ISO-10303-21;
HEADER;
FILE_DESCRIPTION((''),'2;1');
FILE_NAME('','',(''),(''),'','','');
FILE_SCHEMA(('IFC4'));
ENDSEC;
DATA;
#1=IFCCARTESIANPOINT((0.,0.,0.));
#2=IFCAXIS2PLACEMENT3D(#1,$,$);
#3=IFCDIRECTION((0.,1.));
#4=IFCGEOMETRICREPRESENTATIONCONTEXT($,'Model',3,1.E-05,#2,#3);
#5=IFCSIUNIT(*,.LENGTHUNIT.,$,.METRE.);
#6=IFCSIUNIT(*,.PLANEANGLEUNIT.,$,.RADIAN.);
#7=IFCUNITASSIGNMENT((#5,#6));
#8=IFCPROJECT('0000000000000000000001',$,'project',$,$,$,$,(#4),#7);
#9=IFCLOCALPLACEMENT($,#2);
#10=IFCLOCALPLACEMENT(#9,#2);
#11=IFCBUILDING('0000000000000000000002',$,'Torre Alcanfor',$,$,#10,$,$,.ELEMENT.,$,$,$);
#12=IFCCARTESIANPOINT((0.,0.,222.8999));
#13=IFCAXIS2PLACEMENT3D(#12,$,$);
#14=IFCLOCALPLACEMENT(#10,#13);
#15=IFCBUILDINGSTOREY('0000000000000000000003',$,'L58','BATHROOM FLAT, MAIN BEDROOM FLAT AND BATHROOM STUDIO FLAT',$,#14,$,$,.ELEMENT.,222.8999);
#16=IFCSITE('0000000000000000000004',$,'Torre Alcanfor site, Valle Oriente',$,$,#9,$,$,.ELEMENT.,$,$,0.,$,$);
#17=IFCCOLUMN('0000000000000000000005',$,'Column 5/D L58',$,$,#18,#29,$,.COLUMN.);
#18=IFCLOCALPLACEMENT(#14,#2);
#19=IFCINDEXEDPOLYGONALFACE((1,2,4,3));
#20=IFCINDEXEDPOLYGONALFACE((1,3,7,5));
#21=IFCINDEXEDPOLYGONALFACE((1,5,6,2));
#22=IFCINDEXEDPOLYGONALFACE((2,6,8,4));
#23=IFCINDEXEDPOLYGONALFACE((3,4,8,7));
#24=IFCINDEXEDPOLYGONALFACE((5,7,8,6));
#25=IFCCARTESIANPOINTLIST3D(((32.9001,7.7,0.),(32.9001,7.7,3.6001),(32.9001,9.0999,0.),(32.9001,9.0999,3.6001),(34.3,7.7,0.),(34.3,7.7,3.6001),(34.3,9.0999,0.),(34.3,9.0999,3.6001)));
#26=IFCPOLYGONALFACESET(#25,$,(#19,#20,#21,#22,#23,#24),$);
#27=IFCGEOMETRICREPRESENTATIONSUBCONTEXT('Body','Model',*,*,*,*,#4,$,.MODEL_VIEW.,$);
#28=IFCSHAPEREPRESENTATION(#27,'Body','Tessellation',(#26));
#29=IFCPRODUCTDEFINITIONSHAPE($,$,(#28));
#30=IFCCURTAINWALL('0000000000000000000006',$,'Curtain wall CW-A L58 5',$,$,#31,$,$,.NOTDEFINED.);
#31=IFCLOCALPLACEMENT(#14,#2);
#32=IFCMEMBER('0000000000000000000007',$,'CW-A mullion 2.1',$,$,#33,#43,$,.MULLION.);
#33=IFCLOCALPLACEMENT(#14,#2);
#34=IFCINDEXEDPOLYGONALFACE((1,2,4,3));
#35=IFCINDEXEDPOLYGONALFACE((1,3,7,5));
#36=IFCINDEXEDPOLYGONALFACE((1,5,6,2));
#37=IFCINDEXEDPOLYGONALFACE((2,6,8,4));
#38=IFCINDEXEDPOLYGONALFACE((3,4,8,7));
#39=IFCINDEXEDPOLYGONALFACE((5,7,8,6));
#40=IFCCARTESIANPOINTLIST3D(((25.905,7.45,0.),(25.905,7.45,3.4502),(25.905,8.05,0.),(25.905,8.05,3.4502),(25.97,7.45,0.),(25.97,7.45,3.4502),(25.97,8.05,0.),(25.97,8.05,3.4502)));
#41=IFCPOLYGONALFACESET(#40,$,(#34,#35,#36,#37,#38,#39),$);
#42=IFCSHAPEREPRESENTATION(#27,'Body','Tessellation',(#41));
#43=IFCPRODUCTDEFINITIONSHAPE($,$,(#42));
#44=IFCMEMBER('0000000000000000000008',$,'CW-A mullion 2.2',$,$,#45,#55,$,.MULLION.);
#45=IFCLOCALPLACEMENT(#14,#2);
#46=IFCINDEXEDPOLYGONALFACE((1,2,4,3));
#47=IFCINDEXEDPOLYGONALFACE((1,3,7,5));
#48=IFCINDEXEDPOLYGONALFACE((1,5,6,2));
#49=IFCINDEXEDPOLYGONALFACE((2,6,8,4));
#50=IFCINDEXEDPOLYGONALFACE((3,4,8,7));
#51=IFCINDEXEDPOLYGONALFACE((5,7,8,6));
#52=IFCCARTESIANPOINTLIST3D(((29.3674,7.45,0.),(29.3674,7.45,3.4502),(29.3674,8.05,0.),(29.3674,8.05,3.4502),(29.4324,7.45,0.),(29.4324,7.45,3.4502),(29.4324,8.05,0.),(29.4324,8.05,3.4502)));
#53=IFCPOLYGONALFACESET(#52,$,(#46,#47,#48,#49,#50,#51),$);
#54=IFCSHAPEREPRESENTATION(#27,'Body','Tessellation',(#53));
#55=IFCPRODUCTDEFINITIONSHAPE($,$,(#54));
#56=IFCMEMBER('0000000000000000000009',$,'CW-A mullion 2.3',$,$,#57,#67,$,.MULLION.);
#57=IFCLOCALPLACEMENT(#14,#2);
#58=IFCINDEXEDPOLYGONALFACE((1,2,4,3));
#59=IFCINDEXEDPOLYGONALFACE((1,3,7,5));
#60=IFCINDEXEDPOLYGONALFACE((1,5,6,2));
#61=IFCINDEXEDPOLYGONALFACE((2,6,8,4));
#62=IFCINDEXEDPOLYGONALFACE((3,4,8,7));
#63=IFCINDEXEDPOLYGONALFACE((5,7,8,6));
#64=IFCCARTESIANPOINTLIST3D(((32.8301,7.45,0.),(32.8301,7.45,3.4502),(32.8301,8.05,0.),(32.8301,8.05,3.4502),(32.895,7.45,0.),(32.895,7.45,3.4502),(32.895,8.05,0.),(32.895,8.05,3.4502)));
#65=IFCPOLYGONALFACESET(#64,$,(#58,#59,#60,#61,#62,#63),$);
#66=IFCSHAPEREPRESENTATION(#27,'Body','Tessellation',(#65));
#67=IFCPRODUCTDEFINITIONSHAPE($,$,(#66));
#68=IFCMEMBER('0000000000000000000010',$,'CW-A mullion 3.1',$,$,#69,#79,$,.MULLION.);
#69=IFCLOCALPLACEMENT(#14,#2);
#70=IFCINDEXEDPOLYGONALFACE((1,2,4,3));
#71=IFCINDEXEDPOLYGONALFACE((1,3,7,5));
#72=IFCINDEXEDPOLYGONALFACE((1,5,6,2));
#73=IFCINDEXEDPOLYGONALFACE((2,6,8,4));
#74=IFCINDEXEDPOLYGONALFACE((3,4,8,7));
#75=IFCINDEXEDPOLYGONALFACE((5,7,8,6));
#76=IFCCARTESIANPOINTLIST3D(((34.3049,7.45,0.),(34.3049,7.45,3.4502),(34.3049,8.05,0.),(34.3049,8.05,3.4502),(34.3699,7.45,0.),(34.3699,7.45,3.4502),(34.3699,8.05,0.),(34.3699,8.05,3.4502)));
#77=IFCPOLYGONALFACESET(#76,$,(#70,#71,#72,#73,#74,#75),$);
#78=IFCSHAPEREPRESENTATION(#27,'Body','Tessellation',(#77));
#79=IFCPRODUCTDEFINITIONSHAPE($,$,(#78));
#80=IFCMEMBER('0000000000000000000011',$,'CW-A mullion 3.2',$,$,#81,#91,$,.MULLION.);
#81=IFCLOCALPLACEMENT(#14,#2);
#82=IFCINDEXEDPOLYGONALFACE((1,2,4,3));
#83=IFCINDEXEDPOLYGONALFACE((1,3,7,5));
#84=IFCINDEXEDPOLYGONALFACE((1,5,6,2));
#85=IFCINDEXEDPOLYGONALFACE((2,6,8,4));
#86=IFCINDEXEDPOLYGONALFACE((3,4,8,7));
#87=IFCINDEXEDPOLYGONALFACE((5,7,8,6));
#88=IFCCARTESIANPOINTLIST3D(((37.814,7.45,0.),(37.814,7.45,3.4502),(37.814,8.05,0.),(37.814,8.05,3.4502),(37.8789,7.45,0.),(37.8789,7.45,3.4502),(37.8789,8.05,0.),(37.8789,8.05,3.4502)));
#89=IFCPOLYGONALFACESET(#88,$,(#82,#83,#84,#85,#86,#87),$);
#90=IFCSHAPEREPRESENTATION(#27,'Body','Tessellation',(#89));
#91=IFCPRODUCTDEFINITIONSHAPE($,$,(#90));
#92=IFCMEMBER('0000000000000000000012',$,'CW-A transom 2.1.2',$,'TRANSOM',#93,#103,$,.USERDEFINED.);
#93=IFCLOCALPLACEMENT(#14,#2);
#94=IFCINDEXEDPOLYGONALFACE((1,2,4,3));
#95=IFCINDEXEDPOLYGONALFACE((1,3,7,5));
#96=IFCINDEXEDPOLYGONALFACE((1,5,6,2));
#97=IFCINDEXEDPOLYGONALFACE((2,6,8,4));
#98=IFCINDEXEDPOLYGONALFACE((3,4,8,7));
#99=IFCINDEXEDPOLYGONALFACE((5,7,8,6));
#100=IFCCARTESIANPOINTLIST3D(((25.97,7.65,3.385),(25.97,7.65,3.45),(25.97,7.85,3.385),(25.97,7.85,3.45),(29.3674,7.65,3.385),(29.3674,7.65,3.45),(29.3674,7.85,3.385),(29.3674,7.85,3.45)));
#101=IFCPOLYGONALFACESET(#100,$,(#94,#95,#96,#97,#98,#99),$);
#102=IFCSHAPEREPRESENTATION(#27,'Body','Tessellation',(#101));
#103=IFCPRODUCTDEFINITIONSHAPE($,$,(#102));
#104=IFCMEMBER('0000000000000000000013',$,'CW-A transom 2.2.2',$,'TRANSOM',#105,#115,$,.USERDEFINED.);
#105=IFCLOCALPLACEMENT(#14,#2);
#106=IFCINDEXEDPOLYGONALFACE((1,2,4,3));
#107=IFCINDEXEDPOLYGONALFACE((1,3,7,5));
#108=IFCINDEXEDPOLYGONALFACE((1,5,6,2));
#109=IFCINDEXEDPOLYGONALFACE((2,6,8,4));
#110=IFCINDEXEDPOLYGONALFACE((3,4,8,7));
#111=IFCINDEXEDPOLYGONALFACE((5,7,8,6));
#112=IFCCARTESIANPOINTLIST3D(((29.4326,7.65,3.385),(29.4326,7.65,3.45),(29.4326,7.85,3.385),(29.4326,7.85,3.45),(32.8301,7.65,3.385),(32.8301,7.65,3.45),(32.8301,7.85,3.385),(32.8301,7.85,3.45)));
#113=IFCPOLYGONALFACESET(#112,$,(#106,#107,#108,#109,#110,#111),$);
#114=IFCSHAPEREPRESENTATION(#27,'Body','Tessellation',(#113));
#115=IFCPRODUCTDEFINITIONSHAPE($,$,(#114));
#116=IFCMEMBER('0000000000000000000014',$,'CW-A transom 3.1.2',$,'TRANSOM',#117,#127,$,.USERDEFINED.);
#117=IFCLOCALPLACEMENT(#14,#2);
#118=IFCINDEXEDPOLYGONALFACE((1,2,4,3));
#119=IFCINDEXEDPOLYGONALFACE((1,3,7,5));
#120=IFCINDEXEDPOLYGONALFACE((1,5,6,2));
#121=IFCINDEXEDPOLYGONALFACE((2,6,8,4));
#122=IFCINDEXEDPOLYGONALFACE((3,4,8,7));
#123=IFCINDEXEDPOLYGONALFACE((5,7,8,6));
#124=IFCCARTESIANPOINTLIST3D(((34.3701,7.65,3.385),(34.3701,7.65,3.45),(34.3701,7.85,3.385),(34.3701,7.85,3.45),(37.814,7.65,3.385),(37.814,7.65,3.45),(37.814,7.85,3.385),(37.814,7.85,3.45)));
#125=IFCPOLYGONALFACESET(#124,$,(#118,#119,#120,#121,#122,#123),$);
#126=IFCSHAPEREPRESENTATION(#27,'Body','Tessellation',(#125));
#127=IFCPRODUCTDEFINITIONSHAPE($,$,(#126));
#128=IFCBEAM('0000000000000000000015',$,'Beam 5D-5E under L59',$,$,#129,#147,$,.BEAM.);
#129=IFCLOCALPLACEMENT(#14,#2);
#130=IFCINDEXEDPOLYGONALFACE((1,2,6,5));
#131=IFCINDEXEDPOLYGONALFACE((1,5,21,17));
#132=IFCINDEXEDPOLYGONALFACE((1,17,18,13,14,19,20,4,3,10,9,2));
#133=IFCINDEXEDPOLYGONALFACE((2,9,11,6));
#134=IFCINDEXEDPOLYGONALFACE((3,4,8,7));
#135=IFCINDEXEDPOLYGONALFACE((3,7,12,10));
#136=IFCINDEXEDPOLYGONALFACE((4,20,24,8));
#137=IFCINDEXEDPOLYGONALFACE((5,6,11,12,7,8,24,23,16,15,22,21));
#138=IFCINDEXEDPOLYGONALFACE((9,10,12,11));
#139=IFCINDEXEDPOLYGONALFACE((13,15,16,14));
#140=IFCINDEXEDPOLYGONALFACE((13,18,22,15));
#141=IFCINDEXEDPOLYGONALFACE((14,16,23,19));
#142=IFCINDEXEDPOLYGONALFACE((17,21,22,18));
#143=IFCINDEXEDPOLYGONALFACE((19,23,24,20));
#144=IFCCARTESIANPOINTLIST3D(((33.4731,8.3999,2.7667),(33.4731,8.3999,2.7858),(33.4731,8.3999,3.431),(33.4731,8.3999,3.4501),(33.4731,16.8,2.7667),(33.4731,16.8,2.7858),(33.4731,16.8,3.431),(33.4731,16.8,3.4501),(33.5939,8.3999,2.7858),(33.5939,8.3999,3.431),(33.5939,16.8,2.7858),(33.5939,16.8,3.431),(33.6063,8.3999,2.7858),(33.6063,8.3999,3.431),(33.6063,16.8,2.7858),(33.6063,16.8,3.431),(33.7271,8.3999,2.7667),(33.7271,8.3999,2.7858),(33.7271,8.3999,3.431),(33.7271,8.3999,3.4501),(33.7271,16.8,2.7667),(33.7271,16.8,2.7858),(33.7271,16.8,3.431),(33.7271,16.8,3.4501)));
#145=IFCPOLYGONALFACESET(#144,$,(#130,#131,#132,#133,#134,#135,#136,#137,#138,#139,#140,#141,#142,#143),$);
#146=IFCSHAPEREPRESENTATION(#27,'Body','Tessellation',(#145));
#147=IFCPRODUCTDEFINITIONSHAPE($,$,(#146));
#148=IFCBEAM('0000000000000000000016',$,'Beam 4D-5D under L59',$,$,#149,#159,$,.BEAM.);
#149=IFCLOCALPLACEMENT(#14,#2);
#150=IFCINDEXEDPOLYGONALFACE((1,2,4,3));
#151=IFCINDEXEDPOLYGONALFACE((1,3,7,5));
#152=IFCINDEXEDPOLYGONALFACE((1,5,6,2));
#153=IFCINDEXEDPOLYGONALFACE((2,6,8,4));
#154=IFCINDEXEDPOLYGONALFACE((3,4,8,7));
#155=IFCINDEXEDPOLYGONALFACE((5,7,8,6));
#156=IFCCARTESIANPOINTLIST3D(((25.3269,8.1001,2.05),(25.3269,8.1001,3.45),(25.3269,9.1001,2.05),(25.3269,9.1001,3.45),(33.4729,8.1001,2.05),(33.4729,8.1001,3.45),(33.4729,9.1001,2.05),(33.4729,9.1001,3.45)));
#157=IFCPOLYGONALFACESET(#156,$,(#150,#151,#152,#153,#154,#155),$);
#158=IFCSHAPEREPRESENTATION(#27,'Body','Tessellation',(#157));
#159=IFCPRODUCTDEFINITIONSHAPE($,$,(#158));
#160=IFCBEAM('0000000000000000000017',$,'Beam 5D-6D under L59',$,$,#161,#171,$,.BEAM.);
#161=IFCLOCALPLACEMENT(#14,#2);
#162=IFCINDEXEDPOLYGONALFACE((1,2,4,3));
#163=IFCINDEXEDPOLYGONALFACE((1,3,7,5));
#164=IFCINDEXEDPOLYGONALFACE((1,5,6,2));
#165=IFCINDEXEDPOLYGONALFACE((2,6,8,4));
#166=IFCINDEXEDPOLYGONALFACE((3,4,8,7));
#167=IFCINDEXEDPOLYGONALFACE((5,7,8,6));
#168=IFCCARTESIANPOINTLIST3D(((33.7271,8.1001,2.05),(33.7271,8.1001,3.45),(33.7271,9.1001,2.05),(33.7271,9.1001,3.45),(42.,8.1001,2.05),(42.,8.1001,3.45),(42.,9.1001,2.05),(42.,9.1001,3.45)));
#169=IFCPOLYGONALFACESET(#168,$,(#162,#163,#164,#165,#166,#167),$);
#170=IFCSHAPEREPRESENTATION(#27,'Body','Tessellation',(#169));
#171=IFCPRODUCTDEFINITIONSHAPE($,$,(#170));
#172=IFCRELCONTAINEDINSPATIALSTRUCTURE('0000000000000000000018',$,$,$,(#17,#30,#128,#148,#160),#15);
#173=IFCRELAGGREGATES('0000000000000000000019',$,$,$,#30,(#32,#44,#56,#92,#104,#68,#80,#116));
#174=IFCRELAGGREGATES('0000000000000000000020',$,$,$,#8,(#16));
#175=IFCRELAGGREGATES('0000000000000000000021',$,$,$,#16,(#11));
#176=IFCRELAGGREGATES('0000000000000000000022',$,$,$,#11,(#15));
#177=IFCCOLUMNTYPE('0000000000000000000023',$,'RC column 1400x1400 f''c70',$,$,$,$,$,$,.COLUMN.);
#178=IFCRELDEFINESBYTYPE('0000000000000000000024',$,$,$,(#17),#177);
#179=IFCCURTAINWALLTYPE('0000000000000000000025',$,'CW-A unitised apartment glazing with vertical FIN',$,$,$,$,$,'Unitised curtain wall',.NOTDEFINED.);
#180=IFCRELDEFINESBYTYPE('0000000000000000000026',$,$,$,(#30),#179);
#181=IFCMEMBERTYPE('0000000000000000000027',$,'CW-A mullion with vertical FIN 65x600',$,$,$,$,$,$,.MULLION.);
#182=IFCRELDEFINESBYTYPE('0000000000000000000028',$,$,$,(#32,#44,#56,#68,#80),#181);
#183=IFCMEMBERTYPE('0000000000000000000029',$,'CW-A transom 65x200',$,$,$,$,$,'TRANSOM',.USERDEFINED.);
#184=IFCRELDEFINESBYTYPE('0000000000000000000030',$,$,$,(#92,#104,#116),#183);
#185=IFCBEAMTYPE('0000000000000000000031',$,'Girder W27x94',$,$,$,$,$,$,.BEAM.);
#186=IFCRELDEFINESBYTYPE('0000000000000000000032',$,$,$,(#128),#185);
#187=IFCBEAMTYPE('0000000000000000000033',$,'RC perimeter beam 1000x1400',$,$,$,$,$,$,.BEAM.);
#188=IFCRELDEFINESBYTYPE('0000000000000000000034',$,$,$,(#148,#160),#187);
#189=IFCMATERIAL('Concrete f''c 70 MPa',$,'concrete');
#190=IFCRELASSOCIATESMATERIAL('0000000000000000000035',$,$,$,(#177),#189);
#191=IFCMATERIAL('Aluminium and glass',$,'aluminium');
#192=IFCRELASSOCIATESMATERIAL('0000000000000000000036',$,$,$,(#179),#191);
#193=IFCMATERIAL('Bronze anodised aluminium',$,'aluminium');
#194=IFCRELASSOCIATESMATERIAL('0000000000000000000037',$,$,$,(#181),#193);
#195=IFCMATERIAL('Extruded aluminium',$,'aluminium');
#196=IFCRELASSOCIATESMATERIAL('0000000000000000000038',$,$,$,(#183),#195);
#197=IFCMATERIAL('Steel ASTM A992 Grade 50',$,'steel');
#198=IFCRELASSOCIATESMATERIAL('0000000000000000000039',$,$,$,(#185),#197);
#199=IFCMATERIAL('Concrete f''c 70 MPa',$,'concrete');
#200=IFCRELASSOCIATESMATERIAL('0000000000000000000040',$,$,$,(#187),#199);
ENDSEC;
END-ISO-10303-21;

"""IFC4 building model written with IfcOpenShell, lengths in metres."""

from ifc_helpers import new_model, si_unit, direction, frame, origin, origin_2d, place, context, subcontext, project, spatial, rectangle, i_section, extrude, material, material_profile, profile_set, type_object, element, aggregate, save


model = new_model("IFC4")

# Units and contexts
model_context = context("Model", 3, precision=1e-05, world=origin(), true_north=direction((0.0, 1.0)))
body_context = subcontext(model_context, "Body", "Model", "MODEL_VIEW")
ifc_project = project(units=[si_unit("LENGTHUNIT", "METRE"), si_unit("PLANEANGLEUNIT", "RADIAN")], contexts=[model_context])

# Site, building, storey
site_placement = place(None, origin())
site = spatial("IfcSite", under=ifc_project, at=site_placement, Name="Torre Alcanfor site, Valle Oriente", CompositionType="ELEMENT", RefElevation=0.0)
building_placement = place(site_placement, origin())
building = spatial("IfcBuilding", under=site, at=building_placement, Name="Torre Alcanfor", CompositionType="ELEMENT")
storey_placement = place(building_placement, frame((0.0, 0.0, 222.8999)))
storey = spatial("IfcBuildingStorey", under=building, at=storey_placement, Name="L58", Description="BATHROOM FLAT, MAIN BEDROOM FLAT AND BATHROOM STUDIO FLAT", CompositionType="ELEMENT", Elevation=222.8999)

# Column
ifc_material_1 = material(Name="Concrete f'c 70 MPa", Category="concrete")
ifc_material_profile_1 = material_profile(ifc_material_1, rectangle(XDim=1.3999, YDim=1.3999, at=origin_2d()), Name="1400x1400")
ifc_profile_set_1 = profile_set([ifc_material_profile_1], Name="Concrete f'c 70 MPa")
column_type = type_object("IfcColumnType", Name="RC column 1400x1400 f'c70", PredefinedType="COLUMN", material=ifc_profile_set_1)
column_placement = place(storey_placement, frame((33.6001, 8.3999, 0.0), z_axis=(0.0, 0.0, 1.0), x_axis=(1.0, 0.0, 0.0)))
element("IfcColumn", 1, at=column_placement, inside=storey, type_object=column_type, Name="Column 5/D L58", PredefinedType="COLUMN", context=body_context, shape_type="SweptSolid", body=[
    extrude(rectangle(XDim=1.3999, YDim=1.3999, at=origin_2d()), origin(), (0.0, 0.0, 1.0), 3.6001),
])

# Curtain wall, members
ifc_material_2 = material(Name="Aluminium and glass", Category="aluminium")
curtain_wall_type = type_object("IfcCurtainWallType", Name="CW-A unitised apartment glazing with vertical FIN", ElementType="Unitised curtain wall", PredefinedType="NOTDEFINED", material=ifc_material_2)
curtain_wall_placement = place(storey_placement, origin())
curtain_wall = element("IfcCurtainWall", 2, at=curtain_wall_placement, inside=storey, type_object=curtain_wall_type, Name="Curtain wall CW-A L58 5", PredefinedType="NOTDEFINED")
ifc_material_3 = material(Name="Bronze anodised aluminium", Category="aluminium")
ifc_material_profile_2 = material_profile(ifc_material_3, rectangle(XDim=0.6001, YDim=0.0649, at=origin_2d()), Name="CW-A mullion 65x600")
ifc_profile_set_2 = profile_set([ifc_material_profile_2], Name="Bronze anodised aluminium")
member_type_1 = type_object("IfcMemberType", Name="CW-A mullion with vertical FIN 65x600", PredefinedType="MULLION", material=ifc_profile_set_2)
member_1_placement = place(storey_placement, frame((25.9375, 7.75, 0.0), z_axis=(0.0, 0.0, 1.0), x_axis=(0.0, 1.0, 0.0)))
member_1 = element("IfcMember", 3, at=member_1_placement, type_object=member_type_1, Name="CW-A mullion 2.1", PredefinedType="MULLION", context=body_context, shape_type="SweptSolid", body=[
    extrude(rectangle(XDim=0.6001, YDim=0.0649, at=origin_2d()), origin(), (0.0, 0.0, 1.0), 3.4502),
])
member_2_placement = place(storey_placement, frame((29.3999, 7.75, 0.0), z_axis=(0.0, 0.0, 1.0), x_axis=(0.0, 1.0, 0.0)))
member_2 = element("IfcMember", 4, at=member_2_placement, type_object=member_type_1, Name="CW-A mullion 2.2", PredefinedType="MULLION", context=body_context, shape_type="SweptSolid", body=[
    extrude(rectangle(XDim=0.6001, YDim=0.0649, at=origin_2d()), origin(), (0.0, 0.0, 1.0), 3.4502),
])
member_3_placement = place(storey_placement, frame((32.8625, 7.75, 0.0), z_axis=(0.0, 0.0, 1.0), x_axis=(0.0, 1.0, 0.0)))
member_3 = element("IfcMember", 5, at=member_3_placement, type_object=member_type_1, Name="CW-A mullion 2.3", PredefinedType="MULLION", context=body_context, shape_type="SweptSolid", body=[
    extrude(rectangle(XDim=0.6001, YDim=0.0649, at=origin_2d()), origin(), (0.0, 0.0, 1.0), 3.4502),
])
member_4_placement = place(storey_placement, frame((34.3374, 7.75, 0.0), z_axis=(0.0, 0.0, 1.0), x_axis=(0.0, 1.0, 0.0)))
member_4 = element("IfcMember", 6, at=member_4_placement, type_object=member_type_1, Name="CW-A mullion 3.1", PredefinedType="MULLION", context=body_context, shape_type="SweptSolid", body=[
    extrude(rectangle(XDim=0.6001, YDim=0.0649, at=origin_2d()), origin(), (0.0, 0.0, 1.0), 3.4502),
])
member_5_placement = place(storey_placement, frame((37.8464, 7.75, 0.0), z_axis=(0.0, 0.0, 1.0), x_axis=(0.0, 1.0, 0.0)))
member_5 = element("IfcMember", 7, at=member_5_placement, type_object=member_type_1, Name="CW-A mullion 3.2", PredefinedType="MULLION", context=body_context, shape_type="SweptSolid", body=[
    extrude(rectangle(XDim=0.6001, YDim=0.0649, at=origin_2d()), origin(), (0.0, 0.0, 1.0), 3.4502),
])
ifc_material_4 = material(Name="Extruded aluminium", Category="aluminium")
ifc_material_profile_3 = material_profile(ifc_material_4, rectangle(XDim=0.2, YDim=0.0649, at=origin_2d()), Name="CW-A transom 200x65")
ifc_profile_set_3 = profile_set([ifc_material_profile_3], Name="Extruded aluminium")
member_type_2 = type_object("IfcMemberType", Name="CW-A transom 65x200", ElementType="TRANSOM", PredefinedType="USERDEFINED", material=ifc_profile_set_3)
member_6_placement = place(storey_placement, frame((25.97, 7.75, 3.4175), z_axis=(1.0, 0.0, 0.0), x_axis=(0.0, 1.0, 0.0)))
member_6 = element("IfcMember", 8, at=member_6_placement, type_object=member_type_2, Name="CW-A transom 2.1.2", ObjectType="TRANSOM", PredefinedType="USERDEFINED", context=body_context, shape_type="SweptSolid", body=[
    extrude(rectangle(XDim=0.2, YDim=0.0649, at=origin_2d()), origin(), (0.0, 0.0, 1.0), 3.3975),
])
member_7_placement = place(storey_placement, frame((29.4326, 7.75, 3.4175), z_axis=(1.0, 0.0, 0.0), x_axis=(0.0, 1.0, 0.0)))
member_7 = element("IfcMember", 9, at=member_7_placement, type_object=member_type_2, Name="CW-A transom 2.2.2", ObjectType="TRANSOM", PredefinedType="USERDEFINED", context=body_context, shape_type="SweptSolid", body=[
    extrude(rectangle(XDim=0.2, YDim=0.0649, at=origin_2d()), origin(), (0.0, 0.0, 1.0), 3.3975),
])
member_8_placement = place(storey_placement, frame((34.3701, 7.75, 3.4175), z_axis=(1.0, 0.0, 0.0), x_axis=(0.0, 1.0, 0.0)))
member_8 = element("IfcMember", 10, at=member_8_placement, type_object=member_type_2, Name="CW-A transom 3.1.2", ObjectType="TRANSOM", PredefinedType="USERDEFINED", context=body_context, shape_type="SweptSolid", body=[
    extrude(rectangle(XDim=0.2, YDim=0.0649, at=origin_2d()), origin(), (0.0, 0.0, 1.0), 3.4438),
])

# Beams
ifc_material_5 = material(Name="Steel ASTM A992 Grade 50", Category="steel")
ifc_material_profile_4 = material_profile(ifc_material_5, i_section(OverallWidth=0.2539, OverallDepth=0.6833, WebThickness=0.0125, FlangeThickness=0.019, at=origin_2d()), Name="W27x94")
ifc_profile_set_4 = profile_set([ifc_material_profile_4], Name="Steel ASTM A992 Grade 50")
beam_type_1 = type_object("IfcBeamType", Name="Girder W27x94", PredefinedType="BEAM", material=ifc_profile_set_4)
beam_1_placement = place(storey_placement, frame((33.6001, 8.3999, 3.1084), z_axis=(0.0, 1.0, 0.0), x_axis=(-1.0, 0.0, 0.0)))
element("IfcBeam", 11, at=beam_1_placement, inside=storey, type_object=beam_type_1, Name="Beam 5D-5E under L59", PredefinedType="BEAM", context=body_context, shape_type="SweptSolid", body=[
    extrude(i_section(OverallWidth=0.2539, OverallDepth=0.6833, WebThickness=0.0125, FlangeThickness=0.019, at=origin_2d()), origin(), (0.0, 0.0, 1.0), 8.4001),
])
ifc_material_6 = material(Name="Concrete f'c 70 MPa", Category="concrete")
ifc_material_profile_5 = material_profile(ifc_material_6, rectangle(XDim=1.0, YDim=1.3999, at=origin_2d()), Name="1000x1400")
ifc_profile_set_5 = profile_set([ifc_material_profile_5], Name="Concrete f'c 70 MPa")
beam_type_2 = type_object("IfcBeamType", Name="RC perimeter beam 1000x1400", PredefinedType="BEAM", material=ifc_profile_set_5)
beam_2_placement = place(storey_placement, frame((25.3269, 8.6001, 2.75), z_axis=(1.0, 0.0, 0.0), x_axis=(0.0, 1.0, 0.0)))
element("IfcBeam", 12, at=beam_2_placement, inside=storey, type_object=beam_type_2, Name="Beam 4D-5D under L59", PredefinedType="BEAM", context=body_context, shape_type="SweptSolid", body=[
    extrude(rectangle(XDim=1.0, YDim=1.3999, at=origin_2d()), origin(), (0.0, 0.0, 1.0), 8.146),
])
beam_3_placement = place(storey_placement, frame((33.7271, 8.6001, 2.75), z_axis=(1.0, 0.0, 0.0), x_axis=(0.0, 1.0, 0.0)))
element("IfcBeam", 13, at=beam_3_placement, inside=storey, type_object=beam_type_2, Name="Beam 5D-6D under L59", PredefinedType="BEAM", context=body_context, shape_type="SweptSolid", body=[
    extrude(rectangle(XDim=1.0, YDim=1.3999, at=origin_2d()), origin(), (0.0, 0.0, 1.0), 8.2729),
])

aggregate(curtain_wall, [member_1, member_2, member_3, member_6, member_7, member_4, member_5, member_8])

save(model, "model.ifc")
